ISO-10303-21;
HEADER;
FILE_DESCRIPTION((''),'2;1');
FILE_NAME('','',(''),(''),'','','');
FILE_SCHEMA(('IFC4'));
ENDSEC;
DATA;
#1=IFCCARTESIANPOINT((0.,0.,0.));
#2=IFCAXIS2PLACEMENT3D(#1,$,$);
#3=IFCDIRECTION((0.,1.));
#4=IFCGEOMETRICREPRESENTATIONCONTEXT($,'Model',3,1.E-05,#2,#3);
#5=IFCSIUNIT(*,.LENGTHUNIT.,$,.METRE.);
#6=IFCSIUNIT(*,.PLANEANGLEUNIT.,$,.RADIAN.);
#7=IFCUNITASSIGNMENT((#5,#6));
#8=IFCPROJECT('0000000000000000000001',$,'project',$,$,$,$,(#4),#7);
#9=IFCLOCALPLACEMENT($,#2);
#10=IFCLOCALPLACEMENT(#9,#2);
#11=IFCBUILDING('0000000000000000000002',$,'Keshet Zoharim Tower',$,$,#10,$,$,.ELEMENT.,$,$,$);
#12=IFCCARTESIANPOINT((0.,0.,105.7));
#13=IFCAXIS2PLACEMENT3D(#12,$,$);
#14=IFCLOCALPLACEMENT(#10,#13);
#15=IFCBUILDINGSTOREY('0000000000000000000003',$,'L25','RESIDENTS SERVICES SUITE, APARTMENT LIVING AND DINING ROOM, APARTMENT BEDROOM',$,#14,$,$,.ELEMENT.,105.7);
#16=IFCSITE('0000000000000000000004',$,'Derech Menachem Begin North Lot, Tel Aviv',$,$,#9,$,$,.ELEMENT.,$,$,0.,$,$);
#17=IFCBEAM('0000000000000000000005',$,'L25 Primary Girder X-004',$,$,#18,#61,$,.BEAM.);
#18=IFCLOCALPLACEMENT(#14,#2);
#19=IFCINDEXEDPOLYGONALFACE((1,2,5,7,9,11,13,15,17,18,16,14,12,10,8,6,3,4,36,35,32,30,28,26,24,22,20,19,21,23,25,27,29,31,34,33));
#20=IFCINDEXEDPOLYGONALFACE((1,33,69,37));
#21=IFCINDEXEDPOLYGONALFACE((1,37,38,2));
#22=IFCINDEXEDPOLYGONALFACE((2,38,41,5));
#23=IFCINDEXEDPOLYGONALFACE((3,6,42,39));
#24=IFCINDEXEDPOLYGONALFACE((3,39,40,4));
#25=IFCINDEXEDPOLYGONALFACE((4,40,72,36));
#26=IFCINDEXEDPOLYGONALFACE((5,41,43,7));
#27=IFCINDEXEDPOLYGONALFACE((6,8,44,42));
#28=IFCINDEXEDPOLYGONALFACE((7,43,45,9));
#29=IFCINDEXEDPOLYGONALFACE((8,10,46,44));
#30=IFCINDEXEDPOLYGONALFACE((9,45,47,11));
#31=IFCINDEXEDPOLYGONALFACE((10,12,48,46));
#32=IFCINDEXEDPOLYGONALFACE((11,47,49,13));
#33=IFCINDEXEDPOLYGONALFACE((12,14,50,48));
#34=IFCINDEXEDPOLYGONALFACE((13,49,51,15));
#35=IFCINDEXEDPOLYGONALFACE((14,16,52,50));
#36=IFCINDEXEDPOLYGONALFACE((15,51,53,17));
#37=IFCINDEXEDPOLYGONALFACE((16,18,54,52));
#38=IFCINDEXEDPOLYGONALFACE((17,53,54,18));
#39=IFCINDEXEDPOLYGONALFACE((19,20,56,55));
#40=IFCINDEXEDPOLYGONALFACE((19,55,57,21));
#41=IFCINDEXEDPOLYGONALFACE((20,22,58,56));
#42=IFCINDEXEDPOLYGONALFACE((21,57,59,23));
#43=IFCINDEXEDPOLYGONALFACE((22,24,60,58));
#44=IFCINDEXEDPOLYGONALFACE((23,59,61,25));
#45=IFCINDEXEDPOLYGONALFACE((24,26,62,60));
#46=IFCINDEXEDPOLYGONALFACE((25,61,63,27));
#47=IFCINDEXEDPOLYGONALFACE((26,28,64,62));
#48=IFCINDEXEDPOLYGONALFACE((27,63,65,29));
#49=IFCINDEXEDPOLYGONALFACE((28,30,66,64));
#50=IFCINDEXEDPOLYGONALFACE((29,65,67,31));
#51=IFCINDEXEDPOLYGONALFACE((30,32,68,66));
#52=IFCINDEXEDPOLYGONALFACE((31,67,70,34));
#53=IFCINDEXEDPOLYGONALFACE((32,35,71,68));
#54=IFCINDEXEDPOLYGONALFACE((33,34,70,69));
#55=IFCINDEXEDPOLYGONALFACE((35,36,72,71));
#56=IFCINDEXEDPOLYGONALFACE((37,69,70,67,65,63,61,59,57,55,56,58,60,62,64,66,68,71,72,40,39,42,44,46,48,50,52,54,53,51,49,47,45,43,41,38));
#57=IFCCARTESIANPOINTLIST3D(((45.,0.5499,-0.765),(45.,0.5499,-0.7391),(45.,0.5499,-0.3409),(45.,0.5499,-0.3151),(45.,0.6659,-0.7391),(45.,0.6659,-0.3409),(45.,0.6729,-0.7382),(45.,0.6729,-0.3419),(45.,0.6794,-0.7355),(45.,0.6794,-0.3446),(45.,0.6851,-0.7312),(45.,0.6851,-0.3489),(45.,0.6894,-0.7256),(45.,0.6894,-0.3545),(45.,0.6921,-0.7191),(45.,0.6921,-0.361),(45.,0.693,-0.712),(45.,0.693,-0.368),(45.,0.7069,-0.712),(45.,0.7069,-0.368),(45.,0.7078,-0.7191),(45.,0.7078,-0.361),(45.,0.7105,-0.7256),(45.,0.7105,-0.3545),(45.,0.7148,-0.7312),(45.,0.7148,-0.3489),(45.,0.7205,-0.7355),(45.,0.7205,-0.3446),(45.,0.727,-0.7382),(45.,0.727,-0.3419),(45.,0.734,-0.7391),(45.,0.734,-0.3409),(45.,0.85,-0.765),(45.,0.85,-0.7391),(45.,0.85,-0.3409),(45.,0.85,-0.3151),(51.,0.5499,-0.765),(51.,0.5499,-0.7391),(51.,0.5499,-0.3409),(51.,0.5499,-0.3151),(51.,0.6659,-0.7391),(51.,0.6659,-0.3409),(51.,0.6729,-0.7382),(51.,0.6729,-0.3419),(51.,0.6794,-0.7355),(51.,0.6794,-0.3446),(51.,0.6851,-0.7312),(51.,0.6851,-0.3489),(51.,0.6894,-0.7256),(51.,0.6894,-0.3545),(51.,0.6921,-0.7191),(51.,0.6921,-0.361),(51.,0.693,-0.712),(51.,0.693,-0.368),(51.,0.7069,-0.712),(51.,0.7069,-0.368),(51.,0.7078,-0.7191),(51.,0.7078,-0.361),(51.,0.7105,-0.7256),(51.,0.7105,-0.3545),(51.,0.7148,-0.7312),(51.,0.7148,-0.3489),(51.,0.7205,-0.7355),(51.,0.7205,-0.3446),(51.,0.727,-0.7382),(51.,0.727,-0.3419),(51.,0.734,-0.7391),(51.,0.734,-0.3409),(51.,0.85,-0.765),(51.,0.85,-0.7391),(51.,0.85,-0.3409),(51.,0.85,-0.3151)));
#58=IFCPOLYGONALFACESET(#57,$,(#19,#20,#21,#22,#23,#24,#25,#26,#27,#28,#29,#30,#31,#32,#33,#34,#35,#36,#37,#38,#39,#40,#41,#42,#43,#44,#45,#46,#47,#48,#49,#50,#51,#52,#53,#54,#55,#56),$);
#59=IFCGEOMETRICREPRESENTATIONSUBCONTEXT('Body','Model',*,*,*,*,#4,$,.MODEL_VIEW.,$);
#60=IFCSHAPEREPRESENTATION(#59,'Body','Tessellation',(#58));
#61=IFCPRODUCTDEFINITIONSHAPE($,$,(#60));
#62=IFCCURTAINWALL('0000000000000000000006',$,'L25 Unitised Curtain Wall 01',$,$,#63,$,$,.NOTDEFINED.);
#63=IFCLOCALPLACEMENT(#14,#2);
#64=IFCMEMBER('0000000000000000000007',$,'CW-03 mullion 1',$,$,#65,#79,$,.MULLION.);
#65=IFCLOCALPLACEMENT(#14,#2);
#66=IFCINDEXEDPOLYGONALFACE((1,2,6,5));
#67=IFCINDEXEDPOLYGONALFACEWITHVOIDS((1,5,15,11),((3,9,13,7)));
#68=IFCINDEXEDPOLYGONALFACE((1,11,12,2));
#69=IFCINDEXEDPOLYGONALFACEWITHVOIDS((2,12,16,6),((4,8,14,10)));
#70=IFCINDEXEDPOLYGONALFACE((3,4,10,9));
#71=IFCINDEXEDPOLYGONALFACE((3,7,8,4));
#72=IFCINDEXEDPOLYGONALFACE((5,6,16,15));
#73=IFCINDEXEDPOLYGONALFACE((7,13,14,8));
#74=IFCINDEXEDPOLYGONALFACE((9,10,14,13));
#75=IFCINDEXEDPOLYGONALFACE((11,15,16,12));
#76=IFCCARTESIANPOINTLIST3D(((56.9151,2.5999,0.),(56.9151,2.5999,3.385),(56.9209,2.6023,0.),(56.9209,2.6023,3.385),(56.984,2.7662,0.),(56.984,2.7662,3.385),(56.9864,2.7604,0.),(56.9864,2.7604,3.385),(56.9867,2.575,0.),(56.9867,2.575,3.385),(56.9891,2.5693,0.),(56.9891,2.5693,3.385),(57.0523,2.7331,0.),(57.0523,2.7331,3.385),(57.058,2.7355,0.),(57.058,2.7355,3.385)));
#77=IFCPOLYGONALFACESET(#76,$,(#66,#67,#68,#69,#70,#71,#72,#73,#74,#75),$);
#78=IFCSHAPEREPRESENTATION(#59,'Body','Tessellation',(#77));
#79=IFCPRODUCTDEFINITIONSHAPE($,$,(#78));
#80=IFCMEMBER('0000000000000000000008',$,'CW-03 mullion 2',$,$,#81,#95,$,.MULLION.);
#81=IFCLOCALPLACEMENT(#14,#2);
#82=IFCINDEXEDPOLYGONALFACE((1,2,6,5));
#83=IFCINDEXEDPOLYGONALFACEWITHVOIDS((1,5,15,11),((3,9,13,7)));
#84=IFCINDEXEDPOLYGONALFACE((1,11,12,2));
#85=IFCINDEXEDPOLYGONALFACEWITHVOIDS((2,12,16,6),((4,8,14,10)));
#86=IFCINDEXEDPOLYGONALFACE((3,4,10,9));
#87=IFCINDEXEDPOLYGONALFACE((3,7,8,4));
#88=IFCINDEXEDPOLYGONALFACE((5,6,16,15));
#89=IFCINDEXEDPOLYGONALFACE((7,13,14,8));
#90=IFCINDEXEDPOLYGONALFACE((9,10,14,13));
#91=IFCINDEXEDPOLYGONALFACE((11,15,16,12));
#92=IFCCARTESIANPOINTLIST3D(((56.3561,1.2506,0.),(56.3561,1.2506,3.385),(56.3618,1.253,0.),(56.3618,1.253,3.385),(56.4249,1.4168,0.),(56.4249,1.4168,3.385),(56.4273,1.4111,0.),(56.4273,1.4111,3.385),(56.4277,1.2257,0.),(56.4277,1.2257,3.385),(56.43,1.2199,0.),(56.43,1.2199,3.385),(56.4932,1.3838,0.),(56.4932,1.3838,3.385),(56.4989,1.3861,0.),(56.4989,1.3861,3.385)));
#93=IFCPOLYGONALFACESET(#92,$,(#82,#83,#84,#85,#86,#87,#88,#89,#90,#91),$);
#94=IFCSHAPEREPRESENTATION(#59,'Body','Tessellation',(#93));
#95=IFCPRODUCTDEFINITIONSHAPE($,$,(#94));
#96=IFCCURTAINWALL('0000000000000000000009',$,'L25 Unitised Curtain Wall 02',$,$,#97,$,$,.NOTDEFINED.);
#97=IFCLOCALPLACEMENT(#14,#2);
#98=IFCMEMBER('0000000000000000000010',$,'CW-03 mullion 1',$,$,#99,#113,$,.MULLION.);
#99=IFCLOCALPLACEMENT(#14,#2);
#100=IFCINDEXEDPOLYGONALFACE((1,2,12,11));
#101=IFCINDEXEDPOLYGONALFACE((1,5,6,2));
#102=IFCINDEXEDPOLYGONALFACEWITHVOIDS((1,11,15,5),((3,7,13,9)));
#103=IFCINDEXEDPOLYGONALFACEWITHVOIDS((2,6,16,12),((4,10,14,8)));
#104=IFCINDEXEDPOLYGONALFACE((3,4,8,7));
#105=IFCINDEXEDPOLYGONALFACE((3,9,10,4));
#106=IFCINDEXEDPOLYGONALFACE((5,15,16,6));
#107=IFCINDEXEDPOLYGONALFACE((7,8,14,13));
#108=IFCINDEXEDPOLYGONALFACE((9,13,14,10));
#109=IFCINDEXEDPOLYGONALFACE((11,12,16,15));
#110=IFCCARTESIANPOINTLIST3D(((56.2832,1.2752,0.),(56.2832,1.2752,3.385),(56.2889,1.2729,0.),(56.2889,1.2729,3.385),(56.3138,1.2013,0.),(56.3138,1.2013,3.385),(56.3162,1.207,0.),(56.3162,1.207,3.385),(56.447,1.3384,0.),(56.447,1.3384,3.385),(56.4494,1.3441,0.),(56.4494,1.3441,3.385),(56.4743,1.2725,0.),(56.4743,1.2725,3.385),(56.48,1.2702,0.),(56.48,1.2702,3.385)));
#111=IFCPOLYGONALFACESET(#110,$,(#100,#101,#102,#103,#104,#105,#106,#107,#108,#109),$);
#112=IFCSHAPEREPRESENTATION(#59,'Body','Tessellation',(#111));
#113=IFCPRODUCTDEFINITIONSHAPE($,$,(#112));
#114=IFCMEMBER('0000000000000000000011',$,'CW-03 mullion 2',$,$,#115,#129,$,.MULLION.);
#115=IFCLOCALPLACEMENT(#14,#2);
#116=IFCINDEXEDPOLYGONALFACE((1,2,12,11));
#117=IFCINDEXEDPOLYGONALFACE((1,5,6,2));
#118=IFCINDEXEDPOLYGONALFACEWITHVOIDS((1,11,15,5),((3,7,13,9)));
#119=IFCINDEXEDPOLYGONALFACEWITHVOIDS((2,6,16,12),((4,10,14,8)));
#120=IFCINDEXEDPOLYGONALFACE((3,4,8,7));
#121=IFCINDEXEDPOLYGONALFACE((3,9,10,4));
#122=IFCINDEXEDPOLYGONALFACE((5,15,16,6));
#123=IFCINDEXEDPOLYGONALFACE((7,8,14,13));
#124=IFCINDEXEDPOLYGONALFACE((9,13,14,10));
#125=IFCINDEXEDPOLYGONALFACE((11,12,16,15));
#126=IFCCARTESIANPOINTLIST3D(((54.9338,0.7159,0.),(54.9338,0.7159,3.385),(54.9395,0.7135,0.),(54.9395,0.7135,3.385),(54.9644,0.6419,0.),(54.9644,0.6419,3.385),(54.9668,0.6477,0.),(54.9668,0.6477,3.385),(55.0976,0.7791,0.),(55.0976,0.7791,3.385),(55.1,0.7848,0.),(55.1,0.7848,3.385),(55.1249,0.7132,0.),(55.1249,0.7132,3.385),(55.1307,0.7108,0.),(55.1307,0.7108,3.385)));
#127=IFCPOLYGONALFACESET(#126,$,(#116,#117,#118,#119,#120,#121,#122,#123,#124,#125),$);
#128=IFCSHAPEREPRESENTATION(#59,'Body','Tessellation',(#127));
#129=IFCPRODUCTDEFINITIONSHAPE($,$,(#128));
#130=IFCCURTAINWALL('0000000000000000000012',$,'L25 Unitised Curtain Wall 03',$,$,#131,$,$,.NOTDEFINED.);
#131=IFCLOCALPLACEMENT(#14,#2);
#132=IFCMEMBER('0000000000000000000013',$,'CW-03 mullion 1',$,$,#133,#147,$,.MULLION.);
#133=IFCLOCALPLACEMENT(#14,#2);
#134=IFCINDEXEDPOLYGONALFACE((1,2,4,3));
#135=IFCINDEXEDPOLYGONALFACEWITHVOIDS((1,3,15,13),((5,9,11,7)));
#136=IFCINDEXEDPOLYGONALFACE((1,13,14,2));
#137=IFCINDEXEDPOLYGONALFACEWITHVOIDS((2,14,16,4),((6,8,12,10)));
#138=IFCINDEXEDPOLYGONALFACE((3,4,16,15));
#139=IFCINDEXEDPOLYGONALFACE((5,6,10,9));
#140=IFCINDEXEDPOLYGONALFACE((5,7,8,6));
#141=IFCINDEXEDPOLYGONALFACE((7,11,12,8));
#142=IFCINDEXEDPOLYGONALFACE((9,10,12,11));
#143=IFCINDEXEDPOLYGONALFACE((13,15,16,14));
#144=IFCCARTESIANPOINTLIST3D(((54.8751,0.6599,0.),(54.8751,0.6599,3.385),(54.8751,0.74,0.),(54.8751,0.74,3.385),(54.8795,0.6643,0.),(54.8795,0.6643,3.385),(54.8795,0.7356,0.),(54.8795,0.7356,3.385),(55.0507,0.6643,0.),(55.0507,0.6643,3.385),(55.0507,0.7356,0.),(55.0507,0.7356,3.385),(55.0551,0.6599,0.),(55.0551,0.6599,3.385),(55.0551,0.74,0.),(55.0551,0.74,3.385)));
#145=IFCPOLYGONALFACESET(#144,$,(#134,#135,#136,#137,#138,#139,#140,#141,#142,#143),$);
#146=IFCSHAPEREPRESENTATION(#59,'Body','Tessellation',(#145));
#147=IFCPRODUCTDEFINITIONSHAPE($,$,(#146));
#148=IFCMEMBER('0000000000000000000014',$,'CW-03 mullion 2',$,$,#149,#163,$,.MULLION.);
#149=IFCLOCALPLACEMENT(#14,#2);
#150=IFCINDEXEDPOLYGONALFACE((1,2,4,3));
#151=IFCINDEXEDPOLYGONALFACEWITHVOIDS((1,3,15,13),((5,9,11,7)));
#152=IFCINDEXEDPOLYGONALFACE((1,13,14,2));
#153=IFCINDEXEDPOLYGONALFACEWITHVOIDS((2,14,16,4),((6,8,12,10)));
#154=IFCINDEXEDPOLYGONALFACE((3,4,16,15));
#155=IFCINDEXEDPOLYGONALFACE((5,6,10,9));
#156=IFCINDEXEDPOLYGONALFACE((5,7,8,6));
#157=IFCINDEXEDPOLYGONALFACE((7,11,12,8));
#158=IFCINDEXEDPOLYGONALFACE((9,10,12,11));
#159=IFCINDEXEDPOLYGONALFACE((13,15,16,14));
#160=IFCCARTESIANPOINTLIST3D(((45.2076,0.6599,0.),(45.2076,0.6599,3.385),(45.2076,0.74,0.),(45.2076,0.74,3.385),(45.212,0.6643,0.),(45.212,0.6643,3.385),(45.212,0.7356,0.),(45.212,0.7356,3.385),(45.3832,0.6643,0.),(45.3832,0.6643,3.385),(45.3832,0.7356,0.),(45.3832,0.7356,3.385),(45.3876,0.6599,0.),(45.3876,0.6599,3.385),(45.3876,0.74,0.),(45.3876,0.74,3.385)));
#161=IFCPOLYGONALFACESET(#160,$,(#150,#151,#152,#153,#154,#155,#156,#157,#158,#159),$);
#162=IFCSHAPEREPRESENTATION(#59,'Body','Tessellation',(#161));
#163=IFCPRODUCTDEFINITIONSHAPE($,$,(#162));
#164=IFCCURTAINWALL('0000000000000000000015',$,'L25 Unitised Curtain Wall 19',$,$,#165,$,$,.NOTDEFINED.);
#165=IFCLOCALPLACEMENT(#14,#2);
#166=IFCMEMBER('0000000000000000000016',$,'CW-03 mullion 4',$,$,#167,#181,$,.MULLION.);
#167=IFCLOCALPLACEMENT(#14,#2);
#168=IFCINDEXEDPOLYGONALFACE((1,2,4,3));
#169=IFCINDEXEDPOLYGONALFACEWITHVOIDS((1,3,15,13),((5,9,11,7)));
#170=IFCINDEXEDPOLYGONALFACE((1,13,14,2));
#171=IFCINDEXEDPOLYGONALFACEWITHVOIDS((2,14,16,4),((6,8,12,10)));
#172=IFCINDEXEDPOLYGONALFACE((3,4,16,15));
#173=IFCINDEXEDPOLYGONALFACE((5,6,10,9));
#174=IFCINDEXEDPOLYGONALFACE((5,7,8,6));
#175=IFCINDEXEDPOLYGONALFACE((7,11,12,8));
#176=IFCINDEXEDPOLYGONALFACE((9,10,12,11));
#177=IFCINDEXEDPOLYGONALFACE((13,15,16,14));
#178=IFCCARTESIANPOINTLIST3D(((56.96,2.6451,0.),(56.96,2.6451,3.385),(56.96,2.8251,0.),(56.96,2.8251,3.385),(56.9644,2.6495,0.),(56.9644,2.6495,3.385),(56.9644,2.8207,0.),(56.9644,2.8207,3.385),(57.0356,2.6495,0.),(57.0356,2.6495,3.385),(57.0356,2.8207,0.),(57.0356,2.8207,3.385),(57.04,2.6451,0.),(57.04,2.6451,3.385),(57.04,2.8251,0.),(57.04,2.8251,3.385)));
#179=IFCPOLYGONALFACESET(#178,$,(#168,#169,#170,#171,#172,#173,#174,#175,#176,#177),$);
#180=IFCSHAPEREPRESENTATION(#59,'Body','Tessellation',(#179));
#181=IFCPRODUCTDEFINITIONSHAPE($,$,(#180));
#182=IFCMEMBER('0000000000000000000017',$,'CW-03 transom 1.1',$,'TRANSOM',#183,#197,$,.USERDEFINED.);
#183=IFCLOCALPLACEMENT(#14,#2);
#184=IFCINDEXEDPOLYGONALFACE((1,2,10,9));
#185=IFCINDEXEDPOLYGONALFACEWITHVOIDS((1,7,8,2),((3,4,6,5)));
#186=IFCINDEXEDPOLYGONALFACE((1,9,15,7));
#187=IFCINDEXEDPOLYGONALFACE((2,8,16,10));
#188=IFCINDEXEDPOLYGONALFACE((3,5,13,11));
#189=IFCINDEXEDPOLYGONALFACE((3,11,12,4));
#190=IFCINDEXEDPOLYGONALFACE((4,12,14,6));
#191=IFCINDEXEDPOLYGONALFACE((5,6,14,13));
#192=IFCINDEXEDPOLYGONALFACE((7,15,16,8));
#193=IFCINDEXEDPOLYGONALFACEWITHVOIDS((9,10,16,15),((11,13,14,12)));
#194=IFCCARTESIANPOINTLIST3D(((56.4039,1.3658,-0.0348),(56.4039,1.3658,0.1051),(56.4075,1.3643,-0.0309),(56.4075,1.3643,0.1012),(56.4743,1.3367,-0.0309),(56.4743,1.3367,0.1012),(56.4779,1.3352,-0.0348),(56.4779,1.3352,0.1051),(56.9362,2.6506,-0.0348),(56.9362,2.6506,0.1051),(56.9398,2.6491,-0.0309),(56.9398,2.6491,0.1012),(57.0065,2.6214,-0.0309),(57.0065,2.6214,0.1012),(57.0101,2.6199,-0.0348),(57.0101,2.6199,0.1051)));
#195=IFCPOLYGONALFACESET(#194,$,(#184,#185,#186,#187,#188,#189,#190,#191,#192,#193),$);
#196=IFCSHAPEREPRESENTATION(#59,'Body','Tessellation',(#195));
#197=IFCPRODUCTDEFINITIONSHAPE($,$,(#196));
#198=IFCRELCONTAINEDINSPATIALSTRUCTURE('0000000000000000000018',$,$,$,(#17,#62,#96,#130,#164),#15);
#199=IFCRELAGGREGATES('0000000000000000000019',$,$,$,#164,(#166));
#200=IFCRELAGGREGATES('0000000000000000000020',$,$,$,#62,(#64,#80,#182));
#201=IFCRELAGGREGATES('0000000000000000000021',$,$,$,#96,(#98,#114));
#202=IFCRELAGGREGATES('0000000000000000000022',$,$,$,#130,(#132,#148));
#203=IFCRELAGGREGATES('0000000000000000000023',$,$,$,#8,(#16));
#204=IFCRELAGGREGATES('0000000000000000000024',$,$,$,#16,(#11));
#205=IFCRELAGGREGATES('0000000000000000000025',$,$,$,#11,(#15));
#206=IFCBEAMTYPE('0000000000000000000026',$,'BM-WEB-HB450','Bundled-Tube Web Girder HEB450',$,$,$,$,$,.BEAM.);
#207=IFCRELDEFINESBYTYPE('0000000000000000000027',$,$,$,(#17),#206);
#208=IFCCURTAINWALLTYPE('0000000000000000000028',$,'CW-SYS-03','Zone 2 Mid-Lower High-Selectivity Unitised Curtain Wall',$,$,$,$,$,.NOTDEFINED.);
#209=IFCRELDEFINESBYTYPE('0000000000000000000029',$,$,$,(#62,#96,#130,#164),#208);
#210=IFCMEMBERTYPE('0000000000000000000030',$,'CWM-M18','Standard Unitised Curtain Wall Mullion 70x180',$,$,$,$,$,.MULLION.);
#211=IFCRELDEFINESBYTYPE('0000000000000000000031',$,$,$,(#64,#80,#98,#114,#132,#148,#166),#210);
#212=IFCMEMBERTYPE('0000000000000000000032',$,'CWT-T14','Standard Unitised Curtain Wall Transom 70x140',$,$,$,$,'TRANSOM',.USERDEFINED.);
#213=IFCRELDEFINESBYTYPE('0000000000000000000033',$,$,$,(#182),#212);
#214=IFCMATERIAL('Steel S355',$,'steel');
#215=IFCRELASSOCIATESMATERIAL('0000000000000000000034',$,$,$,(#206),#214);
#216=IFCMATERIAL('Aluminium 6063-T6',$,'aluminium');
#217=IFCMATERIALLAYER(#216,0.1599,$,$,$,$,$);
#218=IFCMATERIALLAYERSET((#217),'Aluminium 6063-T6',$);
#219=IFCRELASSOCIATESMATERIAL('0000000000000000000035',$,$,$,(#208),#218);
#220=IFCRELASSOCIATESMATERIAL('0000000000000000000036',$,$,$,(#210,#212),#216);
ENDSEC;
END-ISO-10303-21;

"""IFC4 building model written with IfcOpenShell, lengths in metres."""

from ifc_helpers import new_model, si_unit, direction, frame, origin, origin_2d, place, context, subcontext, project, spatial, hollow_rectangle, i_section, extrude, material, layer, layer_set, material_profile, profile_set, type_object, element, aggregate, save


model = new_model("IFC4")

# Units and contexts
model_context = context("Model", 3, precision=1e-05, world=origin(), true_north=direction((0.0, 1.0)))
body_context = subcontext(model_context, "Body", "Model", "MODEL_VIEW")
ifc_project = project(units=[si_unit("LENGTHUNIT", "METRE"), si_unit("PLANEANGLEUNIT", "RADIAN")], contexts=[model_context])

# Site, building, storey
site_placement = place(None, origin())
site = spatial("IfcSite", under=ifc_project, at=site_placement, Name="Derech Menachem Begin North Lot, Tel Aviv", CompositionType="ELEMENT", RefElevation=0.0)
building_placement = place(site_placement, origin())
building = spatial("IfcBuilding", under=site, at=building_placement, Name="Keshet Zoharim Tower", CompositionType="ELEMENT")
storey_placement = place(building_placement, frame((0.0, 0.0, 105.7)))
storey = spatial("IfcBuildingStorey", under=building, at=storey_placement, Name="L25", Description="RESIDENTS SERVICES SUITE, APARTMENT LIVING AND DINING ROOM, APARTMENT BEDROOM", CompositionType="ELEMENT", Elevation=105.7)

# Shared definitions
ifc_material_1 = material(Name="Steel S355", Category="steel")

# Beam
ifc_material_profile_1 = material_profile(ifc_material_1, i_section(OverallWidth=0.3, OverallDepth=0.45, WebThickness=0.0139, FlangeThickness=0.0259, FilletRadius=0.0271, at=origin_2d()), Name="HEB450")
ifc_profile_set_1 = profile_set([ifc_material_profile_1], Name="Steel S355")
beam_type_1 = type_object("IfcBeamType", Name="BM-WEB-HB450", Description="Bundled-Tube Web Girder HEB450", PredefinedType="BEAM", material=ifc_profile_set_1)
beam_1_placement = place(storey_placement, frame((45.0, 0.7, -0.54), z_axis=(1.0, 0.0, 0.0), x_axis=(0.0, 1.0, 0.0)))
element("IfcBeam", 1, at=beam_1_placement, inside=storey, type_object=beam_type_1, Name="L25 Primary Girder X-004", PredefinedType="BEAM", context=body_context, shape_type="SweptSolid", body=[
    extrude(i_section(OverallWidth=0.3, OverallDepth=0.45, WebThickness=0.0139, FlangeThickness=0.0259, FilletRadius=0.0271, at=origin_2d()), origin(), (0.0, 0.0, 1.0), 6.0),
])

# Curtain walls, members
ifc_material_2 = material(Name="Aluminium 6063-T6", Category="aluminium")
ifc_layer_1 = layer(ifc_material_2, 0.1599)
ifc_layer_set_1 = layer_set([ifc_layer_1], Name="Aluminium 6063-T6")
curtain_wall_type = type_object("IfcCurtainWallType", Name="CW-SYS-03", Description="Zone 2 Mid-Lower High-Selectivity Unitised Curtain Wall", PredefinedType="NOTDEFINED", material=ifc_layer_set_1)
curtain_wall_1_placement = place(storey_placement, origin())
curtain_wall_1 = element("IfcCurtainWall", 2, at=curtain_wall_1_placement, inside=storey, type_object=curtain_wall_type, Name="L25 Unitised Curtain Wall 01", PredefinedType="NOTDEFINED")
ifc_material_profile_2 = material_profile(ifc_material_2, hollow_rectangle(XDim=0.0801, YDim=0.1799, WallThickness=0.0044, at=origin_2d()), Name="MUL-80x180")
ifc_profile_set_2 = profile_set([ifc_material_profile_2], Name="Aluminium 6063-T6")
member_type_1 = type_object("IfcMemberType", Name="CWM-M18", Description="Standard Unitised Curtain Wall Mullion 70x180", PredefinedType="MULLION", material=ifc_profile_set_2)
member_1_placement = place(storey_placement, frame((56.9866, 2.6677, 0.0), z_axis=(0.0, 0.0, 1.0), x_axis=(0.92381, -0.382852, 0.0)))
member_1 = element("IfcMember", 3, at=member_1_placement, type_object=member_type_1, Name="CW-03 mullion 1", PredefinedType="MULLION", context=body_context, shape_type="SweptSolid", body=[
    extrude(hollow_rectangle(XDim=0.0801, YDim=0.1799, WallThickness=0.0044, at=origin_2d()), origin(), (0.0, 0.0, 1.0), 3.385),
])
member_2_placement = place(storey_placement, frame((56.4275, 1.3184, 0.0), z_axis=(0.0, 0.0, 1.0), x_axis=(0.92381, -0.382852, 0.0)))
member_2 = element("IfcMember", 4, at=member_2_placement, type_object=member_type_1, Name="CW-03 mullion 2", PredefinedType="MULLION", context=body_context, shape_type="SweptSolid", body=[
    extrude(hollow_rectangle(XDim=0.0801, YDim=0.1799, WallThickness=0.0044, at=origin_2d()), origin(), (0.0, 0.0, 1.0), 3.385),
])
curtain_wall_2_placement = place(storey_placement, origin())
curtain_wall_2 = element("IfcCurtainWall", 5, at=curtain_wall_2_placement, inside=storey, type_object=curtain_wall_type, Name="L25 Unitised Curtain Wall 02", PredefinedType="NOTDEFINED")
member_3_placement = place(storey_placement, frame((56.3816, 1.2727, 0.0), z_axis=(0.0, 0.0, 1.0), x_axis=(0.382852, -0.92381, 0.0)))
member_3 = element("IfcMember", 6, at=member_3_placement, type_object=member_type_1, Name="CW-03 mullion 1", PredefinedType="MULLION", context=body_context, shape_type="SweptSolid", body=[
    extrude(hollow_rectangle(XDim=0.0801, YDim=0.1799, WallThickness=0.0044, at=origin_2d()), origin(), (0.0, 0.0, 1.0), 3.385),
])
member_4_placement = place(storey_placement, frame((55.0322, 0.7134, 0.0), z_axis=(0.0, 0.0, 1.0), x_axis=(0.382852, -0.92381, 0.0)))
member_4 = element("IfcMember", 7, at=member_4_placement, type_object=member_type_1, Name="CW-03 mullion 2", PredefinedType="MULLION", context=body_context, shape_type="SweptSolid", body=[
    extrude(hollow_rectangle(XDim=0.0801, YDim=0.1799, WallThickness=0.0044, at=origin_2d()), origin(), (0.0, 0.0, 1.0), 3.385),
])
curtain_wall_3_placement = place(storey_placement, origin())
curtain_wall_3 = element("IfcCurtainWall", 8, at=curtain_wall_3_placement, inside=storey, type_object=curtain_wall_type, Name="L25 Unitised Curtain Wall 03", PredefinedType="NOTDEFINED")
member_5_placement = place(storey_placement, frame((54.9651, 0.7, 0.0), z_axis=(0.0, 0.0, 1.0), x_axis=(0.0, -1.0, 0.0)))
member_5 = element("IfcMember", 9, at=member_5_placement, type_object=member_type_1, Name="CW-03 mullion 1", PredefinedType="MULLION", context=body_context, shape_type="SweptSolid", body=[
    extrude(hollow_rectangle(XDim=0.0801, YDim=0.1799, WallThickness=0.0044, at=origin_2d()), origin(), (0.0, 0.0, 1.0), 3.385),
])
member_6_placement = place(storey_placement, frame((45.2976, 0.7, 0.0), z_axis=(0.0, 0.0, 1.0), x_axis=(0.0, -1.0, 0.0)))
member_6 = element("IfcMember", 10, at=member_6_placement, type_object=member_type_1, Name="CW-03 mullion 2", PredefinedType="MULLION", context=body_context, shape_type="SweptSolid", body=[
    extrude(hollow_rectangle(XDim=0.0801, YDim=0.1799, WallThickness=0.0044, at=origin_2d()), origin(), (0.0, 0.0, 1.0), 3.385),
])

# Curtain wall, member
curtain_wall_4_placement = place(storey_placement, origin())
curtain_wall_4 = element("IfcCurtainWall", 11, at=curtain_wall_4_placement, inside=storey, type_object=curtain_wall_type, Name="L25 Unitised Curtain Wall 19", PredefinedType="NOTDEFINED")
member_7_placement = place(storey_placement, frame((57.0, 2.7351, 0.0), z_axis=(0.0, 0.0, 1.0), x_axis=(1.0, 0.0, 0.0)))
member_7 = element("IfcMember", 12, at=member_7_placement, type_object=member_type_1, Name="CW-03 mullion 4", PredefinedType="MULLION", context=body_context, shape_type="SweptSolid", body=[
    extrude(hollow_rectangle(XDim=0.0801, YDim=0.1799, WallThickness=0.0044, at=origin_2d()), origin(), (0.0, 0.0, 1.0), 3.385),
])
aggregate(curtain_wall_4, [member_7])

# Member
ifc_material_profile_3 = material_profile(ifc_material_2, hollow_rectangle(XDim=0.0801, YDim=0.1399, WallThickness=0.0039, at=origin_2d()), Name="TRN-80x140")
ifc_profile_set_3 = profile_set([ifc_material_profile_3], Name="Aluminium 6063-T6")
member_type_2 = type_object("IfcMemberType", Name="CWT-T14", Description="Standard Unitised Curtain Wall Transom 70x140", ElementType="TRANSOM", PredefinedType="USERDEFINED", material=ifc_profile_set_3)
member_8_placement = place(storey_placement, frame((56.9731, 2.6353, 0.0352), z_axis=(-0.382745, -0.923854, 0.0), x_axis=(0.923854, -0.382745, 0.0)))
member_8 = element("IfcMember", 13, at=member_8_placement, type_object=member_type_2, Name="CW-03 transom 1.1", ObjectType="TRANSOM", PredefinedType="USERDEFINED", context=body_context, shape_type="SweptSolid", body=[
    extrude(hollow_rectangle(XDim=0.0801, YDim=0.1399, WallThickness=0.0039, at=origin_2d()), origin(), (0.0, 0.0, 1.0), 1.3906),
])

aggregate(curtain_wall_1, [member_1, member_2, member_8])
aggregate(curtain_wall_2, [member_3, member_4])
aggregate(curtain_wall_3, [member_5, member_6])

save(model, "model.ifc")
